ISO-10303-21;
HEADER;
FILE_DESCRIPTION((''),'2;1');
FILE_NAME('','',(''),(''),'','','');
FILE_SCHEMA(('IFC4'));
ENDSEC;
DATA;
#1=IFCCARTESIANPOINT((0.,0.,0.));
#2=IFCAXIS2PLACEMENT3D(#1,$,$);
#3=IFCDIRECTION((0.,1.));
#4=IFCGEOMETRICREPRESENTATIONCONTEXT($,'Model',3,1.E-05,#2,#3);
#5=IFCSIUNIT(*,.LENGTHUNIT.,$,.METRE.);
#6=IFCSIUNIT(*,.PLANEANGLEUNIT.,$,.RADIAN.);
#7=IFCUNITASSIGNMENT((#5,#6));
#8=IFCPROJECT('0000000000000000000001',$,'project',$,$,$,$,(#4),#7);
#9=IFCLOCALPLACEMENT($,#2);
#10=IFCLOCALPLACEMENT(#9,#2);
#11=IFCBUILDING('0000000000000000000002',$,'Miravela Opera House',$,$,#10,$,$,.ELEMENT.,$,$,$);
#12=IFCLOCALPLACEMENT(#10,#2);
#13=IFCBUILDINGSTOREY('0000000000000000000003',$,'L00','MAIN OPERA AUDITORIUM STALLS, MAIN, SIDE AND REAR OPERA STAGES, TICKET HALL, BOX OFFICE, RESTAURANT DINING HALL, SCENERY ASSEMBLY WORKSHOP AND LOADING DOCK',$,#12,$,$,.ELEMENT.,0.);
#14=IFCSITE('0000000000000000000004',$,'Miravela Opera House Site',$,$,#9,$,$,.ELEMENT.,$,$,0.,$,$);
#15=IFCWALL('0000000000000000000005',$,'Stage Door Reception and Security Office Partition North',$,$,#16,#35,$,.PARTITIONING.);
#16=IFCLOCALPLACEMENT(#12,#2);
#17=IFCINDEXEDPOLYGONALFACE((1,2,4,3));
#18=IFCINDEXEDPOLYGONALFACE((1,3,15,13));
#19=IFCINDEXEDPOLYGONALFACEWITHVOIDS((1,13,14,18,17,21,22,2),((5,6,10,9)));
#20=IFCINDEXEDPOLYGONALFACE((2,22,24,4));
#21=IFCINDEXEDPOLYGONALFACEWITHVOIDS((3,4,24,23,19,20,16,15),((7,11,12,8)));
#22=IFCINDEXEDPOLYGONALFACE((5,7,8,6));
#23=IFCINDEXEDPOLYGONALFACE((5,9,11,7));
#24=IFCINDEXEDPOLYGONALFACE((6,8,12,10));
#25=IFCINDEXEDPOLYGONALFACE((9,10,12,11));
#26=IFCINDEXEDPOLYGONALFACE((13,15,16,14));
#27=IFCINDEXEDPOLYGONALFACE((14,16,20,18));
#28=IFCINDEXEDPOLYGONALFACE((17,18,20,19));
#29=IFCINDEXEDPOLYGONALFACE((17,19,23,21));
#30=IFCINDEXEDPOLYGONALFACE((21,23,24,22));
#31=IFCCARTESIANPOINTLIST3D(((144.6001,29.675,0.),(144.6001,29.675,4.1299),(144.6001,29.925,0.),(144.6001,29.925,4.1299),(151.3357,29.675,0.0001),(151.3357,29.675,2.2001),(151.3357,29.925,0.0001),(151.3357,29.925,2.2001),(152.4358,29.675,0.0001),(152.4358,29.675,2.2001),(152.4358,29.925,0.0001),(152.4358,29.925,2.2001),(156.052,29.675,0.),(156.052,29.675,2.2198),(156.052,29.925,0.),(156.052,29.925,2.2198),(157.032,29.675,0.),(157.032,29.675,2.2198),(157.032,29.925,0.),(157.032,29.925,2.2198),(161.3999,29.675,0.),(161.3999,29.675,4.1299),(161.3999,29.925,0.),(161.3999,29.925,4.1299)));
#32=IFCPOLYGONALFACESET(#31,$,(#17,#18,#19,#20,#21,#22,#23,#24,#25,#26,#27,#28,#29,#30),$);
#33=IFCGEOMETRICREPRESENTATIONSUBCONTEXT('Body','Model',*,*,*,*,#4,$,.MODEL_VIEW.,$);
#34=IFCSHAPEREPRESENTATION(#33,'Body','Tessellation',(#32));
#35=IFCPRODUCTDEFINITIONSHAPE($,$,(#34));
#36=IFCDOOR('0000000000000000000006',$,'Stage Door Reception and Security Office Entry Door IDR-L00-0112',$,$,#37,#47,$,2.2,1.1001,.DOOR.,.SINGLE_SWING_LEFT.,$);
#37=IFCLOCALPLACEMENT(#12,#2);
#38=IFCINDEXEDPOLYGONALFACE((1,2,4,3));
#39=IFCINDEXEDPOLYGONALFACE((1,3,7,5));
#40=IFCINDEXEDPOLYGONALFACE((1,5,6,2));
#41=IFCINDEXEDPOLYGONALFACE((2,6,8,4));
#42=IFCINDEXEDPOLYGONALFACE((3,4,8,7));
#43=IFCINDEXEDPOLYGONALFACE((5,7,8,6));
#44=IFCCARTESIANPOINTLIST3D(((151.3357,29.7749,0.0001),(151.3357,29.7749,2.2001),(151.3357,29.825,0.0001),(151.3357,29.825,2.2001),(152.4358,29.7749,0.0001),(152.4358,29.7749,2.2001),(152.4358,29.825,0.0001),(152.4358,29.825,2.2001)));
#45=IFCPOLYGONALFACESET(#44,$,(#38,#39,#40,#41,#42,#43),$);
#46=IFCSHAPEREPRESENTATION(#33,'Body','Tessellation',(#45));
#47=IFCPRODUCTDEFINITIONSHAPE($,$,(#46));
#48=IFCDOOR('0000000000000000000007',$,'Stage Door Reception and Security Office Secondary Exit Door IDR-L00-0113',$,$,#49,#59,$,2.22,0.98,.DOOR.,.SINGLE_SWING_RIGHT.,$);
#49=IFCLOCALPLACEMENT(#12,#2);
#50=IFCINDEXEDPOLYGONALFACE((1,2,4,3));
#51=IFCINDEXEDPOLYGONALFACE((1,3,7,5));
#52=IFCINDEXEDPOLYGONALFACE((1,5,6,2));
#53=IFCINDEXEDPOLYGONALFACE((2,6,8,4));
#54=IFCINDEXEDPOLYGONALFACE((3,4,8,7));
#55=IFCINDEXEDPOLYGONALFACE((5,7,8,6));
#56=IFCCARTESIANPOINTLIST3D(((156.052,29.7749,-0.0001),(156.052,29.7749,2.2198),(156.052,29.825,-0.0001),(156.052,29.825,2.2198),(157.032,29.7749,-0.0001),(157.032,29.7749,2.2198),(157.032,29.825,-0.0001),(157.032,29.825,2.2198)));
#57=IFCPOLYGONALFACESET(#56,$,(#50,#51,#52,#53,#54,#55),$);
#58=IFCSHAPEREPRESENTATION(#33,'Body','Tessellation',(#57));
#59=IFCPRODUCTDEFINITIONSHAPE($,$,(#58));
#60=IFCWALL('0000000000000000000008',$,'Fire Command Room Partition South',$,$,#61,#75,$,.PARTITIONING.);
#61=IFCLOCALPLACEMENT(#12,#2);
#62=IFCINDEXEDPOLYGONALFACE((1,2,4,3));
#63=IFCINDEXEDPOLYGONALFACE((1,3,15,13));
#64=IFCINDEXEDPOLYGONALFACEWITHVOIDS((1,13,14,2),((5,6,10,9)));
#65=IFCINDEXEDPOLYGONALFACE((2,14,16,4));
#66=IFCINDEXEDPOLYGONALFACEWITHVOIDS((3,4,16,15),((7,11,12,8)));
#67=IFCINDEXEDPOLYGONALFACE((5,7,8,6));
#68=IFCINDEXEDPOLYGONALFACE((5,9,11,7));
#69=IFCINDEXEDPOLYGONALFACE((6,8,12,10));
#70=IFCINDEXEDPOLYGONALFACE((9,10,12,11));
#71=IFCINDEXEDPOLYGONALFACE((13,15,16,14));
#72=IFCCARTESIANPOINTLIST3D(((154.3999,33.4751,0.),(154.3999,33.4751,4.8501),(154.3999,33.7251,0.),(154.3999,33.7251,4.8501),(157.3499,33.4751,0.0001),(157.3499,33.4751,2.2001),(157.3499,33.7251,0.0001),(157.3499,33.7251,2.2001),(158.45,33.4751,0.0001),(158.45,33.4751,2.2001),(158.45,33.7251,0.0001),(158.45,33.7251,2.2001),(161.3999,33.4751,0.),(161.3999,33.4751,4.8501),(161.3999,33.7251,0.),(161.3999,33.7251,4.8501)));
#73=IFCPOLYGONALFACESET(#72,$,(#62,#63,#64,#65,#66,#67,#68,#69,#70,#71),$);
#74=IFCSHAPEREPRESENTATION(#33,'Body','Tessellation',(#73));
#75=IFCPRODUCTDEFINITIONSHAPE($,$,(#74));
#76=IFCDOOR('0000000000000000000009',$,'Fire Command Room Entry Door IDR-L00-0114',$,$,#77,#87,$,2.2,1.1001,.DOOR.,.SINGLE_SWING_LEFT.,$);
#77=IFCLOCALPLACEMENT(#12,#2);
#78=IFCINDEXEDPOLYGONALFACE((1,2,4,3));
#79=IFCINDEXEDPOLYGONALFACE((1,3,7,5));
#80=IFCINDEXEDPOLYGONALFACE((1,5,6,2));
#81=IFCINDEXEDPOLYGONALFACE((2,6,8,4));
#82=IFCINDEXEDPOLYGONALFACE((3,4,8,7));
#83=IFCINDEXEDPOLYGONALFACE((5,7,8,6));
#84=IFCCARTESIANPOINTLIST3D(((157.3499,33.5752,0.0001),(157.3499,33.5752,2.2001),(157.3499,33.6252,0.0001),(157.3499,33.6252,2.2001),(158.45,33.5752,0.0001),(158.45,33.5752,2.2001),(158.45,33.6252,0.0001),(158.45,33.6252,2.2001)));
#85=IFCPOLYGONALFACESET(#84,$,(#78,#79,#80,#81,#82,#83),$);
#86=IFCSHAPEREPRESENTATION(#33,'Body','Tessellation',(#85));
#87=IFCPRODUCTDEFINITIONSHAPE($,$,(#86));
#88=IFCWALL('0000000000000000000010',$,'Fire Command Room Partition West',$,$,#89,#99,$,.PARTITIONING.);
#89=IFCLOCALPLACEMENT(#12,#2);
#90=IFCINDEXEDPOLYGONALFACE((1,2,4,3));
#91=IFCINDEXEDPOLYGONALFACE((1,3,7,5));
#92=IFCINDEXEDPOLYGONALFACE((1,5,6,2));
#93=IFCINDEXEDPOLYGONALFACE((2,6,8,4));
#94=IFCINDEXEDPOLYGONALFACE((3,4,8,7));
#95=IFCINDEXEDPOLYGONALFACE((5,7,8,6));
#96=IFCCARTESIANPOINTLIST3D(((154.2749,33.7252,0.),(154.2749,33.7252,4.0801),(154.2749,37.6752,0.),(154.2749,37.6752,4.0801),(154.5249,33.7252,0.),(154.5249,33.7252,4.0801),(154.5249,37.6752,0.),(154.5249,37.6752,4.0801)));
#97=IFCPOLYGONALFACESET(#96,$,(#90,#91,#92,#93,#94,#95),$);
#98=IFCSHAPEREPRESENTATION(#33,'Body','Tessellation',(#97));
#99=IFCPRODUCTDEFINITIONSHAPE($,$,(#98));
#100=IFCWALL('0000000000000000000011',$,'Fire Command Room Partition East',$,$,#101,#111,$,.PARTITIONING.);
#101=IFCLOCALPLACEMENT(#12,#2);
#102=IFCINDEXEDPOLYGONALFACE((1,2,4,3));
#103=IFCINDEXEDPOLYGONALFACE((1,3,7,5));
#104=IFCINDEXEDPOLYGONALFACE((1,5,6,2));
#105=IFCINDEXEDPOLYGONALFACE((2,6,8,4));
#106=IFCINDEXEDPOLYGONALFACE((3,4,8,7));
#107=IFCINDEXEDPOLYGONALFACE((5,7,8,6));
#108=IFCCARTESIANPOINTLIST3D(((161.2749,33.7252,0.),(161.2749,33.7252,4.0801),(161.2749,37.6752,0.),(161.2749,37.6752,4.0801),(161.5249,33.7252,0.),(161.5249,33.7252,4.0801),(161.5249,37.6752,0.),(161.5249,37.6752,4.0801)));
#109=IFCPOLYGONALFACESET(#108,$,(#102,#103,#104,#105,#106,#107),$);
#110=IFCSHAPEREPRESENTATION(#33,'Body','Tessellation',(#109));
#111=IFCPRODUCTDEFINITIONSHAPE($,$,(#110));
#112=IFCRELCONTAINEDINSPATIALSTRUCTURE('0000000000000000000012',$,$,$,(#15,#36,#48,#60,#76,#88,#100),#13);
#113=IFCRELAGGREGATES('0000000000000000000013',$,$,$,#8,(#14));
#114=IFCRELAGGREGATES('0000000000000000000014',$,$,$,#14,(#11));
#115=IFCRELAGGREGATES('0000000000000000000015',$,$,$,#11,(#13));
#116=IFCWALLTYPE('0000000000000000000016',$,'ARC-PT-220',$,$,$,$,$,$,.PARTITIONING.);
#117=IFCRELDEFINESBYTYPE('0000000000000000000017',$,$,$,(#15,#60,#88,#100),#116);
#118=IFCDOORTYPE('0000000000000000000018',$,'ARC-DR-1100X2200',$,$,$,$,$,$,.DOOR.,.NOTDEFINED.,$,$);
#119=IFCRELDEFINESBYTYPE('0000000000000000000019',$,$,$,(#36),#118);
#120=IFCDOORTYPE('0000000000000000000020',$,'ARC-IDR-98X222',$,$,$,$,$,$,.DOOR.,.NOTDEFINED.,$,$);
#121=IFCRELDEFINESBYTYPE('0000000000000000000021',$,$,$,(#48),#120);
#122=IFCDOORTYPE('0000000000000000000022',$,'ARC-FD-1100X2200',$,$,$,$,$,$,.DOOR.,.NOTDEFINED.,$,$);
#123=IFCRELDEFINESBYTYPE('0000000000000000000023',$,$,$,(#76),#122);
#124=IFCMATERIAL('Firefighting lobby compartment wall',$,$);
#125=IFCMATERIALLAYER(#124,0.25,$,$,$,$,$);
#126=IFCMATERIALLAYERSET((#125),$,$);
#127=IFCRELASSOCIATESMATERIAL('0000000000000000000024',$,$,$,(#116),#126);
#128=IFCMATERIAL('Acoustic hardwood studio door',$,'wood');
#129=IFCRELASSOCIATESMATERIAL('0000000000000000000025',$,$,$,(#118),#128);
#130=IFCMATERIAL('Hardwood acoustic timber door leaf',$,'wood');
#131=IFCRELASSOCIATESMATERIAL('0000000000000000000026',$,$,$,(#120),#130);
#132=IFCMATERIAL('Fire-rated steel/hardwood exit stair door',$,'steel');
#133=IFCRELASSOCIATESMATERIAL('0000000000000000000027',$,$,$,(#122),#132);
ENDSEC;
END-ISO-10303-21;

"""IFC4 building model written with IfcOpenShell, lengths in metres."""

from ifc_helpers import new_model, si_unit, direction, frame, frame_2d, origin, place, context, subcontext, project, spatial, rectangle, extrude, material, layer, layer_set, type_object, element, fill, save


model = new_model("IFC4")

# Units and contexts
model_context = context("Model", 3, precision=1e-05, world=origin(), true_north=direction((0.0, 1.0)))
body_context = subcontext(model_context, "Body", "Model", "MODEL_VIEW")
ifc_project = project(units=[si_unit("LENGTHUNIT", "METRE"), si_unit("PLANEANGLEUNIT", "RADIAN")], contexts=[model_context])

# Site, building, storey
site_placement = place(None, origin())
site = spatial("IfcSite", under=ifc_project, at=site_placement, Name="Miravela Opera House Site", CompositionType="ELEMENT", RefElevation=0.0)
building_placement = place(site_placement, origin())
building = spatial("IfcBuilding", under=site, at=building_placement, Name="Miravela Opera House", CompositionType="ELEMENT")
storey_placement = place(building_placement, origin())
storey = spatial("IfcBuildingStorey", under=building, at=storey_placement, Name="L00", Description="MAIN OPERA AUDITORIUM STALLS, MAIN, SIDE AND REAR OPERA STAGES, TICKET HALL, BOX OFFICE, RESTAURANT DINING HALL, SCENERY ASSEMBLY WORKSHOP AND LOADING DOCK", CompositionType="ELEMENT", Elevation=0.0)

# Wall, openings, doors
ifc_material_1 = material(Name="Firefighting lobby compartment wall")
ifc_layer_1 = layer(ifc_material_1, 0.25)
ifc_layer_set_1 = layer_set([ifc_layer_1])
wall_type_1 = type_object("IfcWallType", Name="ARC-PT-220", PredefinedType="PARTITIONING", material=ifc_layer_set_1)
wall_1_placement = place(storey_placement, frame((144.6001, 29.8, 0.0), z_axis=(0.0, 0.0, 1.0), x_axis=(1.0, 0.0, 0.0)))
wall_1 = element("IfcWall", 1, at=wall_1_placement, inside=storey, type_object=wall_type_1, Name="Stage Door Reception and Security Office Partition North", PredefinedType="PARTITIONING", context=body_context, shape_type="SweptSolid", body=[
    extrude(rectangle(XDim=16.7998, YDim=0.25, at=frame_2d((8.3999, 0.0))), origin(), (0.0, 0.0, 1.0), 4.1299),
])
opening_1_placement = place(wall_1_placement, frame((6.7356, 0.0, 0.0)))
opening_1 = element("IfcOpeningElement", 2, at=opening_1_placement, cuts=wall_1, PredefinedType="OPENING", context=body_context, shape_type="SweptSolid", body=[
    extrude(rectangle(XDim=1.1001, YDim=2.2, at=frame_2d((0.55, 1.1001))), frame((0.0, 0.135, 0.0), z_axis=(0.0, -1.0, 0.0), x_axis=(1.0, 0.0, 0.0)), (0.0, 0.0, 1.0), 0.27),
])
opening_2_placement = place(wall_1_placement, frame((11.4519, 0.0, 0.0)))
opening_2 = element("IfcOpeningElement", 3, at=opening_2_placement, cuts=wall_1, PredefinedType="OPENING", context=body_context, shape_type="SweptSolid", body=[
    extrude(rectangle(XDim=0.98, YDim=2.22, at=frame_2d((0.49, 1.1099))), frame((0.0, 0.135, 0.0), z_axis=(0.0, -1.0, 0.0), x_axis=(1.0, 0.0, 0.0)), (0.0, 0.0, 1.0), 0.27),
])
ifc_material_2 = material(Name="Acoustic hardwood studio door", Category="wood")
door_type_1 = type_object("IfcDoorType", Name="ARC-DR-1100X2200", OperationType="NOTDEFINED", PredefinedType="DOOR", material=ifc_material_2)
door_1_placement = place(opening_1_placement, origin())
door_1 = element("IfcDoor", 4, at=door_1_placement, inside=storey, type_object=door_type_1, Name="Stage Door Reception and Security Office Entry Door IDR-L00-0112", OperationType="SINGLE_SWING_LEFT", OverallHeight=2.2, OverallWidth=1.1001, PredefinedType="DOOR", context=body_context, shape_type="SweptSolid", body=[
    extrude(rectangle(XDim=1.1001, YDim=2.2, at=frame_2d((0.55, 1.1001))), frame((0.0, 0.0249, 0.0), z_axis=(0.0, -1.0, 0.0), x_axis=(1.0, 0.0, 0.0)), (0.0, 0.0, 1.0), 0.05),
])
fill(opening_1, door_1)
ifc_material_3 = material(Name="Hardwood acoustic timber door leaf", Category="wood")
door_type_2 = type_object("IfcDoorType", Name="ARC-IDR-98X222", OperationType="NOTDEFINED", PredefinedType="DOOR", material=ifc_material_3)
door_2_placement = place(opening_2_placement, origin())
door_2 = element("IfcDoor", 5, at=door_2_placement, inside=storey, type_object=door_type_2, Name="Stage Door Reception and Security Office Secondary Exit Door IDR-L00-0113", OperationType="SINGLE_SWING_RIGHT", OverallHeight=2.22, OverallWidth=0.98, PredefinedType="DOOR", context=body_context, shape_type="SweptSolid", body=[
    extrude(rectangle(XDim=0.98, YDim=2.22, at=frame_2d((0.49, 1.1099))), frame((0.0, 0.0249, 0.0), z_axis=(0.0, -1.0, 0.0), x_axis=(1.0, 0.0, 0.0)), (0.0, 0.0, 1.0), 0.05),
])
fill(opening_2, door_2)

# Wall, opening, door
wall_2_placement = place(storey_placement, frame((154.3999, 33.6001, 0.0), z_axis=(0.0, 0.0, 1.0), x_axis=(1.0, 0.0, 0.0)))
wall_2 = element("IfcWall", 6, at=wall_2_placement, inside=storey, type_object=wall_type_1, Name="Fire Command Room Partition South", PredefinedType="PARTITIONING", context=body_context, shape_type="SweptSolid", body=[
    extrude(rectangle(XDim=7.0, YDim=0.25, at=frame_2d((3.5, 0.0))), origin(), (0.0, 0.0, 1.0), 4.8501),
])
opening_3_placement = place(wall_2_placement, frame((2.95, 0.0, 0.0)))
opening_3 = element("IfcOpeningElement", 7, at=opening_3_placement, cuts=wall_2, PredefinedType="OPENING", context=body_context, shape_type="SweptSolid", body=[
    extrude(rectangle(XDim=1.1001, YDim=2.2, at=frame_2d((0.55, 1.1001))), frame((0.0, 0.135, 0.0), z_axis=(0.0, -1.0, 0.0), x_axis=(1.0, 0.0, 0.0)), (0.0, 0.0, 1.0), 0.27),
])
ifc_material_4 = material(Name="Fire-rated steel/hardwood exit stair door", Category="steel")
door_type_3 = type_object("IfcDoorType", Name="ARC-FD-1100X2200", OperationType="NOTDEFINED", PredefinedType="DOOR", material=ifc_material_4)
door_3_placement = place(opening_3_placement, frame((1.1001, 0.0, 0.0), z_axis=(0.0, 0.0, 1.0), x_axis=(-1.0, 0.0, 0.0)))
door_3 = element("IfcDoor", 8, at=door_3_placement, inside=storey, type_object=door_type_3, Name="Fire Command Room Entry Door IDR-L00-0114", OperationType="SINGLE_SWING_LEFT", OverallHeight=2.2, OverallWidth=1.1001, PredefinedType="DOOR", context=body_context, shape_type="SweptSolid", body=[
    extrude(rectangle(XDim=1.1001, YDim=2.2, at=frame_2d((0.55, 1.1001))), frame((0.0, 0.0249, 0.0), z_axis=(0.0, -1.0, 0.0), x_axis=(1.0, 0.0, 0.0)), (0.0, 0.0, 1.0), 0.05),
])
fill(opening_3, door_3)

# Walls
for number, where, z_axis, x_axis, name in (
    (9, (154.3999, 33.7251, 0.0), (0.0, 0.0, 1.0), (0.0, 1.0, 0.0), "Fire Command Room Partition West"),
    (10, (161.3999, 33.7251, 0.0), (0.0, 0.0, 1.0), (0.0, 1.0, 0.0), "Fire Command Room Partition East"),
):
    element("IfcWall", number, at=place(storey_placement, frame(where, z_axis=z_axis, x_axis=x_axis)), inside=storey, type_object=wall_type_1, Name=name, PredefinedType="PARTITIONING", context=body_context, shape_type="SweptSolid", body=[
        extrude(rectangle(XDim=3.95, YDim=0.25, at=frame_2d((1.9751, 0.0))), origin(), (0.0, 0.0, 1.0), 4.0801),
    ])

save(model, "model.ifc")
